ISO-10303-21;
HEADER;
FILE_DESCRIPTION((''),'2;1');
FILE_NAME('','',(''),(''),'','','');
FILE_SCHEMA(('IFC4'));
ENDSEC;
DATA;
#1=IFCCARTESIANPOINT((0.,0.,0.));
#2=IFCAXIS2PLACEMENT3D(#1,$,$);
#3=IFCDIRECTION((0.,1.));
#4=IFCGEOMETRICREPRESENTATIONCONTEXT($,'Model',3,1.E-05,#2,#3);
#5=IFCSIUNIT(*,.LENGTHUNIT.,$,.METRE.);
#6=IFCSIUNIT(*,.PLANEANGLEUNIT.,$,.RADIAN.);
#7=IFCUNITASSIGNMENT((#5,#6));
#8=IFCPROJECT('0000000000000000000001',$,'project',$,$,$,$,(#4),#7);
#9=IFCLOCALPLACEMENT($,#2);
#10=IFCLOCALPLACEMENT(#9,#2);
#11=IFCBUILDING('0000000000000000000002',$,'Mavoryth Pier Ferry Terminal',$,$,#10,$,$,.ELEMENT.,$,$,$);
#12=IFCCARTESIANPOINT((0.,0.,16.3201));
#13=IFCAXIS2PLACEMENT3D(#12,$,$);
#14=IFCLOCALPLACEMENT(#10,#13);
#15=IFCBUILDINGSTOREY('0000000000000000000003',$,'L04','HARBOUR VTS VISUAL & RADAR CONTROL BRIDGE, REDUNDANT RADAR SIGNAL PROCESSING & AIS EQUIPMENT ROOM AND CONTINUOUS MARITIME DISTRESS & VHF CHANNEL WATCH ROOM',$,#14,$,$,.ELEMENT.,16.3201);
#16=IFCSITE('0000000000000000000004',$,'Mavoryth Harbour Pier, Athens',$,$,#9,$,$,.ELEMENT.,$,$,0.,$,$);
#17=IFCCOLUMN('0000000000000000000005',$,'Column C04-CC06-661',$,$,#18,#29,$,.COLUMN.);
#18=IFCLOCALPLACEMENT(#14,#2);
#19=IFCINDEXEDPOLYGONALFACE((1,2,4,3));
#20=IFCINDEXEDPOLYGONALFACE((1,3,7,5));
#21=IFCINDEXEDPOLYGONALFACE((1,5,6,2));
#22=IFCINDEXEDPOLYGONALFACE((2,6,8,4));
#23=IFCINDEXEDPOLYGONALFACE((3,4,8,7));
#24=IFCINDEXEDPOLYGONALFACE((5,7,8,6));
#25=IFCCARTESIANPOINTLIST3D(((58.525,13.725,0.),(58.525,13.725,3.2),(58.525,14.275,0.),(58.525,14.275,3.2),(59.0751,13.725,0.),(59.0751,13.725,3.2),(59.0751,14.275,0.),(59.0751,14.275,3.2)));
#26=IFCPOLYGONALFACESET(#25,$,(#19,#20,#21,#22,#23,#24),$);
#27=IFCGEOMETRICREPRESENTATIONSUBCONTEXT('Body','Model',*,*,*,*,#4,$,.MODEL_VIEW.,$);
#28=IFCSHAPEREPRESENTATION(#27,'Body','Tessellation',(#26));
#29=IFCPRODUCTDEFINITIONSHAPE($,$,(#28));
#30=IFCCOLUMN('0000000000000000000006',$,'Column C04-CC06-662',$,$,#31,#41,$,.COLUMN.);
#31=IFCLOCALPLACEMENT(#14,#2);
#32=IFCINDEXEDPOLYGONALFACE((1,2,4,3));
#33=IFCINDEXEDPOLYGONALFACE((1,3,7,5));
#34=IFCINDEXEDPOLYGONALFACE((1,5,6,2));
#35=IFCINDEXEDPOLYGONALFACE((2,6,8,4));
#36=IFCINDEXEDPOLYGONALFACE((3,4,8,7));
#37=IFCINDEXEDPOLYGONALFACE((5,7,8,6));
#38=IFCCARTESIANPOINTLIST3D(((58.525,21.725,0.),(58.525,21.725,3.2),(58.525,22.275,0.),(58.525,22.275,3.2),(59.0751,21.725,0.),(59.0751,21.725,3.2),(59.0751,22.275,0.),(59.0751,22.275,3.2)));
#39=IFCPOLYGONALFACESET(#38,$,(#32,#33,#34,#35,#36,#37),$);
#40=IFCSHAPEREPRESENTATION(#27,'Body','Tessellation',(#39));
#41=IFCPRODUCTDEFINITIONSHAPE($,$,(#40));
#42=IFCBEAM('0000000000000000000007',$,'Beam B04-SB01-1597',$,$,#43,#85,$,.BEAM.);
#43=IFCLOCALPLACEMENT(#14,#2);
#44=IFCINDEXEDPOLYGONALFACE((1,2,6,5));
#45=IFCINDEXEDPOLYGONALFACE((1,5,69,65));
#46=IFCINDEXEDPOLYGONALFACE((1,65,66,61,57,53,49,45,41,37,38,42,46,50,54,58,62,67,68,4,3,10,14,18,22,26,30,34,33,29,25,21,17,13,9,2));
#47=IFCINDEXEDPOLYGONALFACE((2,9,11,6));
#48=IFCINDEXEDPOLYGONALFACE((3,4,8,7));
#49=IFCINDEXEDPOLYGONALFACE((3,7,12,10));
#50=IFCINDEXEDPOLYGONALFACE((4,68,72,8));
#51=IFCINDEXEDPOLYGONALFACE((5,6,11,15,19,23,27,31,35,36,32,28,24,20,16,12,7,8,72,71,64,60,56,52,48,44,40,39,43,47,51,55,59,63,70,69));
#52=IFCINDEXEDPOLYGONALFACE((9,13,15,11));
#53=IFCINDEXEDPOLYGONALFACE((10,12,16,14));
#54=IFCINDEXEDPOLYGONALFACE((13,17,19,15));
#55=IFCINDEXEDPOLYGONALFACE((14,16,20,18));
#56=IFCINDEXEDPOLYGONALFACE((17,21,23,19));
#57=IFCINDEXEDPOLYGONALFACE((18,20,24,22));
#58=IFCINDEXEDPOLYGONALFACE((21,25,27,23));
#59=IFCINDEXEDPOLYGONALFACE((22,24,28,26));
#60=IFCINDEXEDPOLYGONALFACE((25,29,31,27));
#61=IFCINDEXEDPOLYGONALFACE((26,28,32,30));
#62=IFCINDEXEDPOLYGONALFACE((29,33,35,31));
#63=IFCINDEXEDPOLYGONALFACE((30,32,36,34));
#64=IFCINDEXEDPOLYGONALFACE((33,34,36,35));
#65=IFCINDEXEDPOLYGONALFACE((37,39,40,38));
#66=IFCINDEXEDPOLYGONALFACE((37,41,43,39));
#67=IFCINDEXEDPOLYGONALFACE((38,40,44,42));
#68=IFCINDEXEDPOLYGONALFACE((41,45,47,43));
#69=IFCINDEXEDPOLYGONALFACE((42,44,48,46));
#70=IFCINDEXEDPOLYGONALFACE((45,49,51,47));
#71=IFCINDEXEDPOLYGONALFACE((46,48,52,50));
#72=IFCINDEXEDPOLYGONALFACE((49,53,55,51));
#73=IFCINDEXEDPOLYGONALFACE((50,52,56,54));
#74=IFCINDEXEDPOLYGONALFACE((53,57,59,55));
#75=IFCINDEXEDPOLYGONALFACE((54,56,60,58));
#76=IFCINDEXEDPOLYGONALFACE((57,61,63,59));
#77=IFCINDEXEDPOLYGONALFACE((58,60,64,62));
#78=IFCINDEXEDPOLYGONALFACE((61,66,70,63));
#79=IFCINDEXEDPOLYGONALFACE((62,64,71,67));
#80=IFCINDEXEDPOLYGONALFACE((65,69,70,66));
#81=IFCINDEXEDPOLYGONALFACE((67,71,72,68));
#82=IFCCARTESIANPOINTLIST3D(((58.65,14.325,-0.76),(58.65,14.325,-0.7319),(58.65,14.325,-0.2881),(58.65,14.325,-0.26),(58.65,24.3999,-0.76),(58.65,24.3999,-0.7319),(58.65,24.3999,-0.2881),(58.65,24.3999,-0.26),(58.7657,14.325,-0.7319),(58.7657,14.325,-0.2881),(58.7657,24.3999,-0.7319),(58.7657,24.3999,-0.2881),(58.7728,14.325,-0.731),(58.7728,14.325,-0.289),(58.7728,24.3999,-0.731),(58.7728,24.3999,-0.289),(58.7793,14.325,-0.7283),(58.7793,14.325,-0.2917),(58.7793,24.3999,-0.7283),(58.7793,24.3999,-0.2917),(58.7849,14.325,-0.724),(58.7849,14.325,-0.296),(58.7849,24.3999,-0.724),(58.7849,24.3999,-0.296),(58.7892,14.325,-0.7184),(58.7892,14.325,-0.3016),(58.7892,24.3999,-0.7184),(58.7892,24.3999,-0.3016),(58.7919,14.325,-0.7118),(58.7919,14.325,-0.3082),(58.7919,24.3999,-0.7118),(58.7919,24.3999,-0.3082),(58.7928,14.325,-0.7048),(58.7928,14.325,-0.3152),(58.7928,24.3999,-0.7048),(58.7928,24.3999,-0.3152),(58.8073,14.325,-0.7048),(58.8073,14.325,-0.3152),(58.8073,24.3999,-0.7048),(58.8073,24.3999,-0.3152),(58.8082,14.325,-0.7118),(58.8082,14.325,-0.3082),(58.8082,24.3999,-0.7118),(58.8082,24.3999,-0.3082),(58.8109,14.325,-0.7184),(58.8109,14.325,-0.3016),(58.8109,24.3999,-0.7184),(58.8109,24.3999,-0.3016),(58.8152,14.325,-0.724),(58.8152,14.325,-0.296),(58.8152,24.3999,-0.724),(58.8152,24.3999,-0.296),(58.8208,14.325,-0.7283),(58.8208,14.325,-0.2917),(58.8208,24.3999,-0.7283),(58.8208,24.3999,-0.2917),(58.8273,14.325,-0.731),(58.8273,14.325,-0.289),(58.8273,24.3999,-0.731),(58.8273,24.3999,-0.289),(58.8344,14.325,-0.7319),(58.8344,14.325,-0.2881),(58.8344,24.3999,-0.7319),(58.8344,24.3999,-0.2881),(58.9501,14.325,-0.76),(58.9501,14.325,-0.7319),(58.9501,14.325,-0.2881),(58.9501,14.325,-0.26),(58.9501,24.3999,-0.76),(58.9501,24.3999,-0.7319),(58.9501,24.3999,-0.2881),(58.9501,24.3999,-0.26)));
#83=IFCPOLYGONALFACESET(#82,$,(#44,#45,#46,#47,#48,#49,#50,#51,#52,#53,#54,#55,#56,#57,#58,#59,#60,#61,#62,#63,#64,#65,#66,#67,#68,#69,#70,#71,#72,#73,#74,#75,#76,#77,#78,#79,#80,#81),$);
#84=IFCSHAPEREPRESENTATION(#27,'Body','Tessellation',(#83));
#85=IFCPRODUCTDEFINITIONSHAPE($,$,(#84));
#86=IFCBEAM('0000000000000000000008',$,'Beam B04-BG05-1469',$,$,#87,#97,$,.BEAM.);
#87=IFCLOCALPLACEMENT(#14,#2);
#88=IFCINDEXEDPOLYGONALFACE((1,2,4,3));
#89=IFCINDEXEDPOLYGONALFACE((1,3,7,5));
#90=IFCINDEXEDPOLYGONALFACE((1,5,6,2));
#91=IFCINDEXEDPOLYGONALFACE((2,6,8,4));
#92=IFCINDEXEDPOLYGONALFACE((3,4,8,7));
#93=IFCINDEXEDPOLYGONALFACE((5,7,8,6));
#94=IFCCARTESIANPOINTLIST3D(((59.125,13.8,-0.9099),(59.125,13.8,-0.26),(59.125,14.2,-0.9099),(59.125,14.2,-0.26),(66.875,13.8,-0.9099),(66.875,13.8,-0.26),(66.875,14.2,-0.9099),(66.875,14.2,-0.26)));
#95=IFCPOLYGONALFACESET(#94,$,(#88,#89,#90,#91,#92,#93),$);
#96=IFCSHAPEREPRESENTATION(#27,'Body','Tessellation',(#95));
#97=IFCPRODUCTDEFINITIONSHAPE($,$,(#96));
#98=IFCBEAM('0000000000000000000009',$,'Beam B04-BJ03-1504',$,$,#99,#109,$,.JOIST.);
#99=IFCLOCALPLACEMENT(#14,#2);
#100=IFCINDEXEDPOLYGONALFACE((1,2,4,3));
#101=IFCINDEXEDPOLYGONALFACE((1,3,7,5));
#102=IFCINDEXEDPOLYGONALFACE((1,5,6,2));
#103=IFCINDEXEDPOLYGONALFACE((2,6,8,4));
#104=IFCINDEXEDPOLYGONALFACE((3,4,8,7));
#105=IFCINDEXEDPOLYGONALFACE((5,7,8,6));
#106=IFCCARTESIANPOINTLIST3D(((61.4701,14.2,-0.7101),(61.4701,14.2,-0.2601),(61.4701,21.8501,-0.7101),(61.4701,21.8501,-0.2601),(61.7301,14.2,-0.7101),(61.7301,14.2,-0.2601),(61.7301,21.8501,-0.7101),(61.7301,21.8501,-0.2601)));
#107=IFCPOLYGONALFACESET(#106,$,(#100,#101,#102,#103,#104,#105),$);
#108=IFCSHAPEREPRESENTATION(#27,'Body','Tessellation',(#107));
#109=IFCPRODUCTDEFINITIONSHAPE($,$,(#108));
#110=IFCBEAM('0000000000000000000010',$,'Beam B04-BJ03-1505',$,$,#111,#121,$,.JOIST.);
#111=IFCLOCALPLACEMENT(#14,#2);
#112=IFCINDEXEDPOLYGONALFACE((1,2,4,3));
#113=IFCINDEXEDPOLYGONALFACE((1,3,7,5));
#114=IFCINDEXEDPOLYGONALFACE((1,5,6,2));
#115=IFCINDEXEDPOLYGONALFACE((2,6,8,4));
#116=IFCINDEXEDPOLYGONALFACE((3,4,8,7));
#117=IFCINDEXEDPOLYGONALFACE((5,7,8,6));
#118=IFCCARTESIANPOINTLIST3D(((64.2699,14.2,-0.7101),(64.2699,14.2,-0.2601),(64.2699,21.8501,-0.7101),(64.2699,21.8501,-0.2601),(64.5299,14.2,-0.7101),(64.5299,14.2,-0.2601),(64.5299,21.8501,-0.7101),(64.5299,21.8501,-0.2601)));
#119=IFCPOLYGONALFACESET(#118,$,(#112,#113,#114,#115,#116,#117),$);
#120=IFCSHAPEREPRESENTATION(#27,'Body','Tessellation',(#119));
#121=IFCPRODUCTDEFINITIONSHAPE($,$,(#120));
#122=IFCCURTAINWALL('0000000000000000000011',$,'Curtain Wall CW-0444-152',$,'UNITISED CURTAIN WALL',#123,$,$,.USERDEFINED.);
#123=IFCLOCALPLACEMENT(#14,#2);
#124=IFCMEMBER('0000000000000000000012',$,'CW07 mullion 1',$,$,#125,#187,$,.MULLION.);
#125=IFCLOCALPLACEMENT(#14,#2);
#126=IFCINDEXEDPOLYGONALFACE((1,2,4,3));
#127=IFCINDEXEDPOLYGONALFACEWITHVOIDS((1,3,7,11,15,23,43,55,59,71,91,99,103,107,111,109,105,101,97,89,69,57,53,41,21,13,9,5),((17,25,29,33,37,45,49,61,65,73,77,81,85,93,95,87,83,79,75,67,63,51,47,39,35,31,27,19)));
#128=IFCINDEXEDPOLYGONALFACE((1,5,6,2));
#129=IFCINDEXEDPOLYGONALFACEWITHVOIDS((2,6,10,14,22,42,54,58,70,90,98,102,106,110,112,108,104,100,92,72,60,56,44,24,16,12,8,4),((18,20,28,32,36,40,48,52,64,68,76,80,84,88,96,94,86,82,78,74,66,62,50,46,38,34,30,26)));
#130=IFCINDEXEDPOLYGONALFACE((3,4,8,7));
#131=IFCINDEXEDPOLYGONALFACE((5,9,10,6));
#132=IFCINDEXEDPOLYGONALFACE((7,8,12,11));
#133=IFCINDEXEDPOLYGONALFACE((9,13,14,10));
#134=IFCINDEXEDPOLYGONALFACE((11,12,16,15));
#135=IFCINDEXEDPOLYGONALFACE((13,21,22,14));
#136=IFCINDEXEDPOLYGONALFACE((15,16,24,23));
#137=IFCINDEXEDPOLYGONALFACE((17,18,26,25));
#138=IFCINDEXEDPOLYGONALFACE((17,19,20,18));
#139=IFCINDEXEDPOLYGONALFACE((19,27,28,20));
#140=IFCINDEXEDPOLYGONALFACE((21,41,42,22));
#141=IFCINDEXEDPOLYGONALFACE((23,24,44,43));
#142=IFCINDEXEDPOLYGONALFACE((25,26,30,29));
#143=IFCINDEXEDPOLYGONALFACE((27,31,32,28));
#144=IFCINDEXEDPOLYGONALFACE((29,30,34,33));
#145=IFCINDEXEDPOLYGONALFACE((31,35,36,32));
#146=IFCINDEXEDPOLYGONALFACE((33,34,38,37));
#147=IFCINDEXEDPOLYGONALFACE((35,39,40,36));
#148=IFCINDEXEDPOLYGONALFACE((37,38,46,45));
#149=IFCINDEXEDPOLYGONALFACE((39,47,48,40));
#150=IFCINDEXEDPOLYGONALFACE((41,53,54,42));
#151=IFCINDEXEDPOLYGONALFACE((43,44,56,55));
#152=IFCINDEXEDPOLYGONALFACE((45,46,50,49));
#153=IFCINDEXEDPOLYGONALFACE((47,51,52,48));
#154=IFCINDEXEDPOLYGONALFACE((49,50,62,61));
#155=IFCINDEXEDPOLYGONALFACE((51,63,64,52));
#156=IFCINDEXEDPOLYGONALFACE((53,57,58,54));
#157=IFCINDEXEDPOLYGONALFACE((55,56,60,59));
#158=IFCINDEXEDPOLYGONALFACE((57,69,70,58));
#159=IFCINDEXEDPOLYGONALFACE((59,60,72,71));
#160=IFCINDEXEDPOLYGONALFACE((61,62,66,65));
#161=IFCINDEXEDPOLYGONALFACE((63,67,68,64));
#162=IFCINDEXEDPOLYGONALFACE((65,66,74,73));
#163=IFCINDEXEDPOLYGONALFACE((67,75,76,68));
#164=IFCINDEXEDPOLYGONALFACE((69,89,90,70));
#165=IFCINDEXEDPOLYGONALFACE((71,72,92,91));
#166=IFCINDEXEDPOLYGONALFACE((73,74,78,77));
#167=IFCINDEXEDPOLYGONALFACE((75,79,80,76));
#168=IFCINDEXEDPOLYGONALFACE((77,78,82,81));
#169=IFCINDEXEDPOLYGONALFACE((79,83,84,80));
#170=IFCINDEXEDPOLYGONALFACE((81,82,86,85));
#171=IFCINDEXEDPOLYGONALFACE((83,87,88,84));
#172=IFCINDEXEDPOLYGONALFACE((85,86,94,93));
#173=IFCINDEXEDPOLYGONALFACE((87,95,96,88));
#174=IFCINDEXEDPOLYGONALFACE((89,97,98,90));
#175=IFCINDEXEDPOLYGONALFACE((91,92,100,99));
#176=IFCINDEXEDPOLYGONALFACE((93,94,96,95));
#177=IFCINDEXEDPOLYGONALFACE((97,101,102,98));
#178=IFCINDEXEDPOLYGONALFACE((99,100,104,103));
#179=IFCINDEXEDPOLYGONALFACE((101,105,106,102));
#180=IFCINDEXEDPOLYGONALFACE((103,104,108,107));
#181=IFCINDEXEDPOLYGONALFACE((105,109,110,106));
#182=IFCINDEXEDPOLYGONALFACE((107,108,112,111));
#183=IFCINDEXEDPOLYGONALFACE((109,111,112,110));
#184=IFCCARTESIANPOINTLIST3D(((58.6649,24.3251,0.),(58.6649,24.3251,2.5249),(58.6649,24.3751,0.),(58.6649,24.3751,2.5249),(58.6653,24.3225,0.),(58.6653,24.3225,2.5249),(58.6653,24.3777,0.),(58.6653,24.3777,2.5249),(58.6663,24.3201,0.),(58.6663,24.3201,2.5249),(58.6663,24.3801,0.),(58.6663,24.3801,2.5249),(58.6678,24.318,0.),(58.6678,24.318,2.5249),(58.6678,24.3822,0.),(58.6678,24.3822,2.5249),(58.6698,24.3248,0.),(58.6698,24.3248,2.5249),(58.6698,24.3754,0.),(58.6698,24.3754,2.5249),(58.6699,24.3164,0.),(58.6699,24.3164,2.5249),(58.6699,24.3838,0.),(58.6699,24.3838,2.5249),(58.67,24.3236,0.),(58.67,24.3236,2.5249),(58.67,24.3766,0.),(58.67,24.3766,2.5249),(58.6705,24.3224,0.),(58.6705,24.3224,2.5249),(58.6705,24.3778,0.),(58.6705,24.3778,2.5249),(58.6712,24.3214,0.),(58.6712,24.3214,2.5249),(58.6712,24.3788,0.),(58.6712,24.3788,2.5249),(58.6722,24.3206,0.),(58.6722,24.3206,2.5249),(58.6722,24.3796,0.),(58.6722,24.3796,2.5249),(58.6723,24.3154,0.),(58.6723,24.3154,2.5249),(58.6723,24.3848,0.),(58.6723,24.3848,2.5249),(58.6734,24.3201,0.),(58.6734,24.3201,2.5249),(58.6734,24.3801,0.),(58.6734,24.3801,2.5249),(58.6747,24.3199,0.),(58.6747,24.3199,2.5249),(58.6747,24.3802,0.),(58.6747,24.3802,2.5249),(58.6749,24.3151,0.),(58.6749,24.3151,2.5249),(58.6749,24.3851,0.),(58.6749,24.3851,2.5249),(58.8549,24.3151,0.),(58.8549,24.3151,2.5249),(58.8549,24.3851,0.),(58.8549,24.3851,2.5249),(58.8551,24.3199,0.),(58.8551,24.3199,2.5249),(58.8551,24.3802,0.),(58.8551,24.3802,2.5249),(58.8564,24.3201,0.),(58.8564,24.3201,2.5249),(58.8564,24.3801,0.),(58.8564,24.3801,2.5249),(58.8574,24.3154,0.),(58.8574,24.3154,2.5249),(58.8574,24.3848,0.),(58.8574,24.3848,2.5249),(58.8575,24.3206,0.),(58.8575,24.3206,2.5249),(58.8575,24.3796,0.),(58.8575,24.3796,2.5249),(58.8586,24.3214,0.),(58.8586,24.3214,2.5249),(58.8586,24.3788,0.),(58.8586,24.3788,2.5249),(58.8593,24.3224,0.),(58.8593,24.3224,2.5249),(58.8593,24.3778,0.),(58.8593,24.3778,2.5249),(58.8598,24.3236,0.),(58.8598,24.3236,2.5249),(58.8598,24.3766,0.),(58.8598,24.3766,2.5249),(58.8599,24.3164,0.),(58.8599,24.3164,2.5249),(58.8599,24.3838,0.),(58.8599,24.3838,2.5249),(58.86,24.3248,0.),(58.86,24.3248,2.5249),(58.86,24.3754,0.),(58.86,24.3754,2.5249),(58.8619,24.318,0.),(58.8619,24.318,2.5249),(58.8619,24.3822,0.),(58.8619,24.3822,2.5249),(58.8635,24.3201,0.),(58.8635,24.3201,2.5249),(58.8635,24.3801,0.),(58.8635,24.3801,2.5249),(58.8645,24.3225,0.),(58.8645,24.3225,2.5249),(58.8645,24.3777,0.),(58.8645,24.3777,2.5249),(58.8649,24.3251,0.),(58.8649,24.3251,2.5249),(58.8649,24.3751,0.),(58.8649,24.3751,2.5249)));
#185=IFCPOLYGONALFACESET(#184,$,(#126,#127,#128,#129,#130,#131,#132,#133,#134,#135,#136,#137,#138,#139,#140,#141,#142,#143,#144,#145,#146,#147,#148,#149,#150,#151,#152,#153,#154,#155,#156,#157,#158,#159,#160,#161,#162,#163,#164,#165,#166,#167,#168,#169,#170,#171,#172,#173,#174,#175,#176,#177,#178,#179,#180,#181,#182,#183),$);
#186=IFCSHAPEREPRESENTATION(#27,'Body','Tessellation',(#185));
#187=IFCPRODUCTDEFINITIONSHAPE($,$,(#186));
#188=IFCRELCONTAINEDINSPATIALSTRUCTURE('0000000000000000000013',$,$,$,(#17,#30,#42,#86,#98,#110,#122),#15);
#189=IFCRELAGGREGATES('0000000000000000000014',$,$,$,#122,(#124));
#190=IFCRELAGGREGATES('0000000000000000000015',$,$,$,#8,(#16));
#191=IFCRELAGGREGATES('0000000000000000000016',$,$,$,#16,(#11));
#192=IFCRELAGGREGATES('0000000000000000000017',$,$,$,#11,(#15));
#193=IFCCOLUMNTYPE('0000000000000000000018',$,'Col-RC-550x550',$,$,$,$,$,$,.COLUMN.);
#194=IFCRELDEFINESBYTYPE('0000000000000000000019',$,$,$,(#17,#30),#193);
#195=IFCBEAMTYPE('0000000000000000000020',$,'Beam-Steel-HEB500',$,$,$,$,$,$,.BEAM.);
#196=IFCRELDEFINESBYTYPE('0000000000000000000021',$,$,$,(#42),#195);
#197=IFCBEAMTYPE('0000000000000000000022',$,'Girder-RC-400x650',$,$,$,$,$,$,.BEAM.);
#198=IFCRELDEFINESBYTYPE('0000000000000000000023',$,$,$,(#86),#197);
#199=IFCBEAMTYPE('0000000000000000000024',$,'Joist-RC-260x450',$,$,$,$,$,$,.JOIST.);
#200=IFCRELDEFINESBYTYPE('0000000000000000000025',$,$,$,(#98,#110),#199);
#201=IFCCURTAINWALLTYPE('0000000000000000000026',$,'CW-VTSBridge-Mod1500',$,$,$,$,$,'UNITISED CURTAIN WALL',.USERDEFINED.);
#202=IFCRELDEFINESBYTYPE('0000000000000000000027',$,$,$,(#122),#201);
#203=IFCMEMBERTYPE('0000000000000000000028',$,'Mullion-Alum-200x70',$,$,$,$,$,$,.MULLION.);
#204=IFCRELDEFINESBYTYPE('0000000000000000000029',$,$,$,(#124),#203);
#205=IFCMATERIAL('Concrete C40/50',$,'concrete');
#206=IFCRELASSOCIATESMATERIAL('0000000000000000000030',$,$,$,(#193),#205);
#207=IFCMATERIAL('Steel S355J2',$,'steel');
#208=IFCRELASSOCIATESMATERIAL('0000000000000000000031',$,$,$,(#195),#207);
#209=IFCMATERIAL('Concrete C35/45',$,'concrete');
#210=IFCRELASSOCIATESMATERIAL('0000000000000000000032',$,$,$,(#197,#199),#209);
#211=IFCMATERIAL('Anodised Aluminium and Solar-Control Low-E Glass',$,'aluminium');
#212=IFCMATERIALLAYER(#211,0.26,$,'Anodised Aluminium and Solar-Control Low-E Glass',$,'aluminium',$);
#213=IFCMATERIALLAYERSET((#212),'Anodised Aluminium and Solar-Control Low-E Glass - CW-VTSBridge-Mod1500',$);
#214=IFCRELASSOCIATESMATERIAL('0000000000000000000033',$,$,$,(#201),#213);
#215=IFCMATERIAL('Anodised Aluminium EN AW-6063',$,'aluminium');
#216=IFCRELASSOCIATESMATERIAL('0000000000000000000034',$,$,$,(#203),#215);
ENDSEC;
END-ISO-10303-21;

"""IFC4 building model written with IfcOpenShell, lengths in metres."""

from ifc_helpers import new_model, si_unit, direction, frame, origin, origin_2d, place, context, subcontext, project, spatial, rectangle, hollow_rectangle, i_section, extrude, material, layer, layer_set, material_profile, profile_set, type_object, element, aggregate, save


model = new_model("IFC4")

# Units and contexts
model_context = context("Model", 3, precision=1e-05, world=origin(), true_north=direction((0.0, 1.0)))
body_context = subcontext(model_context, "Body", "Model", "MODEL_VIEW")
ifc_project = project(units=[si_unit("LENGTHUNIT", "METRE"), si_unit("PLANEANGLEUNIT", "RADIAN")], contexts=[model_context])

# Site, building, storey
site_placement = place(None, origin())
site = spatial("IfcSite", under=ifc_project, at=site_placement, Name="Mavoryth Harbour Pier, Athens", CompositionType="ELEMENT", RefElevation=0.0)
building_placement = place(site_placement, origin())
building = spatial("IfcBuilding", under=site, at=building_placement, Name="Mavoryth Pier Ferry Terminal", CompositionType="ELEMENT")
storey_placement = place(building_placement, frame((0.0, 0.0, 16.3201)))
storey = spatial("IfcBuildingStorey", under=building, at=storey_placement, Name="L04", Description="HARBOUR VTS VISUAL & RADAR CONTROL BRIDGE, REDUNDANT RADAR SIGNAL PROCESSING & AIS EQUIPMENT ROOM AND CONTINUOUS MARITIME DISTRESS & VHF CHANNEL WATCH ROOM", CompositionType="ELEMENT", Elevation=16.3201)

# Columns
ifc_material_1 = material(Name="Concrete C40/50", Category="concrete")
ifc_material_profile_1 = material_profile(ifc_material_1, rectangle(XDim=0.55, YDim=0.55, at=origin_2d()), Name="RC 550x550", Category="concrete")
ifc_profile_set_1 = profile_set([ifc_material_profile_1], Name="Concrete C40/50 - RC 550x550")
column_type = type_object("IfcColumnType", Name="Col-RC-550x550", PredefinedType="COLUMN", material=ifc_profile_set_1)
for number, where, z_axis, x_axis, name in (
    (1, (58.8, 14.0, 0.0), (0.0, 0.0, 1.0), (1.0, 0.0, 0.0), "Column C04-CC06-661"),
    (2, (58.8, 22.0, 0.0), (0.0, 0.0, 1.0), (1.0, 0.0, 0.0), "Column C04-CC06-662"),
):
    element("IfcColumn", number, at=place(storey_placement, frame(where, z_axis=z_axis, x_axis=x_axis)), inside=storey, type_object=column_type, Name=name, PredefinedType="COLUMN", context=body_context, shape_type="SweptSolid", body=[
        extrude(rectangle(XDim=0.55, YDim=0.55, at=origin_2d()), origin(), (0.0, 0.0, 1.0), 3.2),
    ])

# Beams
ifc_material_2 = material(Name="Steel S355J2", Category="steel")
ifc_material_profile_2 = material_profile(ifc_material_2, i_section(OverallWidth=0.3, OverallDepth=0.5, WebThickness=0.0144, FlangeThickness=0.0281, FilletRadius=0.0271, at=origin_2d()), Name="HEB 500", Category="steel")
ifc_profile_set_2 = profile_set([ifc_material_profile_2], Name="Steel S355J2 - HEB 500")
beam_type_1 = type_object("IfcBeamType", Name="Beam-Steel-HEB500", PredefinedType="BEAM", material=ifc_profile_set_2)
beam_1_placement = place(storey_placement, frame((58.8, 14.325, -0.51), z_axis=(0.0, 1.0, 0.0), x_axis=(-1.0, 0.0, 0.0)))
element("IfcBeam", 3, at=beam_1_placement, inside=storey, type_object=beam_type_1, Name="Beam B04-SB01-1597", PredefinedType="BEAM", context=body_context, shape_type="SweptSolid", body=[
    extrude(i_section(OverallWidth=0.3, OverallDepth=0.5, WebThickness=0.0144, FlangeThickness=0.0281, FilletRadius=0.0271, at=origin_2d()), origin(), (0.0, 0.0, 1.0), 10.075),
])
ifc_material_3 = material(Name="Concrete C35/45", Category="concrete")
ifc_material_profile_3 = material_profile(ifc_material_3, rectangle(XDim=0.3999, YDim=0.6499, at=origin_2d()), Name="RC 400x650", Category="concrete")
ifc_profile_set_3 = profile_set([ifc_material_profile_3], Name="Concrete C35/45 - RC 400x650")
beam_type_2 = type_object("IfcBeamType", Name="Girder-RC-400x650", PredefinedType="BEAM", material=ifc_profile_set_3)
beam_2_placement = place(storey_placement, frame((59.125, 14.0, -0.585), z_axis=(1.0, 0.0, 0.0), x_axis=(0.0, 1.0, 0.0)))
element("IfcBeam", 4, at=beam_2_placement, inside=storey, type_object=beam_type_2, Name="Beam B04-BG05-1469", PredefinedType="BEAM", context=body_context, shape_type="SweptSolid", body=[
    extrude(rectangle(XDim=0.3999, YDim=0.6499, at=origin_2d()), origin(), (0.0, 0.0, 1.0), 7.75),
])
ifc_material_profile_4 = material_profile(ifc_material_3, rectangle(XDim=0.26, YDim=0.45, at=origin_2d()), Name="RC 260x450", Category="concrete")
ifc_profile_set_4 = profile_set([ifc_material_profile_4], Name="Concrete C35/45 - RC 260x450")
beam_type_3 = type_object("IfcBeamType", Name="Joist-RC-260x450", PredefinedType="JOIST", material=ifc_profile_set_4)
for number, where, z_axis, x_axis, name in (
    (5, (61.6001, 14.2, -0.4851), (0.0, 1.0, 0.0), (-1.0, 0.0, 0.0), "Beam B04-BJ03-1504"),
    (6, (64.3999, 14.2, -0.4851), (0.0, 1.0, 0.0), (-1.0, 0.0, 0.0), "Beam B04-BJ03-1505"),
):
    element("IfcBeam", number, at=place(storey_placement, frame(where, z_axis=z_axis, x_axis=x_axis)), inside=storey, type_object=beam_type_3, Name=name, PredefinedType="JOIST", context=body_context, shape_type="SweptSolid", body=[
        extrude(rectangle(XDim=0.26, YDim=0.45, at=origin_2d()), origin(), (0.0, 0.0, 1.0), 7.6501),
    ])

# Curtain wall, member
ifc_material_4 = material(Name="Anodised Aluminium and Solar-Control Low-E Glass", Category="aluminium")
ifc_layer_1 = layer(ifc_material_4, 0.26, Name="Anodised Aluminium and Solar-Control Low-E Glass", Category="aluminium")
ifc_layer_set_1 = layer_set([ifc_layer_1], Name="Anodised Aluminium and Solar-Control Low-E Glass - CW-VTSBridge-Mod1500")
curtain_wall_type = type_object("IfcCurtainWallType", Name="CW-VTSBridge-Mod1500", ElementType="UNITISED CURTAIN WALL", PredefinedType="USERDEFINED", material=ifc_layer_set_1)
curtain_wall_1_placement = place(storey_placement, origin())
curtain_wall_1 = element("IfcCurtainWall", 7, at=curtain_wall_1_placement, inside=storey, type_object=curtain_wall_type, Name="Curtain Wall CW-0444-152", ObjectType="UNITISED CURTAIN WALL", PredefinedType="USERDEFINED")
ifc_material_5 = material(Name="Anodised Aluminium EN AW-6063", Category="aluminium")
ifc_material_profile_5 = material_profile(ifc_material_5, hollow_rectangle(XDim=0.0701, YDim=0.2, WallThickness=0.0049, InnerFilletRadius=0.0049, OuterFilletRadius=0.01, at=origin_2d()), Name="AL-MULL 200x70x5", Category="aluminium")
ifc_profile_set_5 = profile_set([ifc_material_profile_5], Name="Anodised Aluminium EN AW-6063 - AL-MULL 200x70x5")
member_type_1 = type_object("IfcMemberType", Name="Mullion-Alum-200x70", PredefinedType="MULLION", material=ifc_profile_set_5)
member_1_placement = place(storey_placement, frame((58.7649, 24.3501, 0.0), z_axis=(0.0, 0.0, 1.0), x_axis=(0.0, -1.0, 0.0)))
member_1 = element("IfcMember", 8, at=member_1_placement, type_object=member_type_1, Name="CW07 mullion 1", PredefinedType="MULLION", context=body_context, shape_type="SweptSolid", body=[
    extrude(hollow_rectangle(XDim=0.0701, YDim=0.2, WallThickness=0.0049, InnerFilletRadius=0.0049, OuterFilletRadius=0.01, at=origin_2d()), origin(), (0.0, 0.0, 1.0), 2.5249),
])

aggregate(curtain_wall_1, [member_1])

save(model, "model.ifc")
